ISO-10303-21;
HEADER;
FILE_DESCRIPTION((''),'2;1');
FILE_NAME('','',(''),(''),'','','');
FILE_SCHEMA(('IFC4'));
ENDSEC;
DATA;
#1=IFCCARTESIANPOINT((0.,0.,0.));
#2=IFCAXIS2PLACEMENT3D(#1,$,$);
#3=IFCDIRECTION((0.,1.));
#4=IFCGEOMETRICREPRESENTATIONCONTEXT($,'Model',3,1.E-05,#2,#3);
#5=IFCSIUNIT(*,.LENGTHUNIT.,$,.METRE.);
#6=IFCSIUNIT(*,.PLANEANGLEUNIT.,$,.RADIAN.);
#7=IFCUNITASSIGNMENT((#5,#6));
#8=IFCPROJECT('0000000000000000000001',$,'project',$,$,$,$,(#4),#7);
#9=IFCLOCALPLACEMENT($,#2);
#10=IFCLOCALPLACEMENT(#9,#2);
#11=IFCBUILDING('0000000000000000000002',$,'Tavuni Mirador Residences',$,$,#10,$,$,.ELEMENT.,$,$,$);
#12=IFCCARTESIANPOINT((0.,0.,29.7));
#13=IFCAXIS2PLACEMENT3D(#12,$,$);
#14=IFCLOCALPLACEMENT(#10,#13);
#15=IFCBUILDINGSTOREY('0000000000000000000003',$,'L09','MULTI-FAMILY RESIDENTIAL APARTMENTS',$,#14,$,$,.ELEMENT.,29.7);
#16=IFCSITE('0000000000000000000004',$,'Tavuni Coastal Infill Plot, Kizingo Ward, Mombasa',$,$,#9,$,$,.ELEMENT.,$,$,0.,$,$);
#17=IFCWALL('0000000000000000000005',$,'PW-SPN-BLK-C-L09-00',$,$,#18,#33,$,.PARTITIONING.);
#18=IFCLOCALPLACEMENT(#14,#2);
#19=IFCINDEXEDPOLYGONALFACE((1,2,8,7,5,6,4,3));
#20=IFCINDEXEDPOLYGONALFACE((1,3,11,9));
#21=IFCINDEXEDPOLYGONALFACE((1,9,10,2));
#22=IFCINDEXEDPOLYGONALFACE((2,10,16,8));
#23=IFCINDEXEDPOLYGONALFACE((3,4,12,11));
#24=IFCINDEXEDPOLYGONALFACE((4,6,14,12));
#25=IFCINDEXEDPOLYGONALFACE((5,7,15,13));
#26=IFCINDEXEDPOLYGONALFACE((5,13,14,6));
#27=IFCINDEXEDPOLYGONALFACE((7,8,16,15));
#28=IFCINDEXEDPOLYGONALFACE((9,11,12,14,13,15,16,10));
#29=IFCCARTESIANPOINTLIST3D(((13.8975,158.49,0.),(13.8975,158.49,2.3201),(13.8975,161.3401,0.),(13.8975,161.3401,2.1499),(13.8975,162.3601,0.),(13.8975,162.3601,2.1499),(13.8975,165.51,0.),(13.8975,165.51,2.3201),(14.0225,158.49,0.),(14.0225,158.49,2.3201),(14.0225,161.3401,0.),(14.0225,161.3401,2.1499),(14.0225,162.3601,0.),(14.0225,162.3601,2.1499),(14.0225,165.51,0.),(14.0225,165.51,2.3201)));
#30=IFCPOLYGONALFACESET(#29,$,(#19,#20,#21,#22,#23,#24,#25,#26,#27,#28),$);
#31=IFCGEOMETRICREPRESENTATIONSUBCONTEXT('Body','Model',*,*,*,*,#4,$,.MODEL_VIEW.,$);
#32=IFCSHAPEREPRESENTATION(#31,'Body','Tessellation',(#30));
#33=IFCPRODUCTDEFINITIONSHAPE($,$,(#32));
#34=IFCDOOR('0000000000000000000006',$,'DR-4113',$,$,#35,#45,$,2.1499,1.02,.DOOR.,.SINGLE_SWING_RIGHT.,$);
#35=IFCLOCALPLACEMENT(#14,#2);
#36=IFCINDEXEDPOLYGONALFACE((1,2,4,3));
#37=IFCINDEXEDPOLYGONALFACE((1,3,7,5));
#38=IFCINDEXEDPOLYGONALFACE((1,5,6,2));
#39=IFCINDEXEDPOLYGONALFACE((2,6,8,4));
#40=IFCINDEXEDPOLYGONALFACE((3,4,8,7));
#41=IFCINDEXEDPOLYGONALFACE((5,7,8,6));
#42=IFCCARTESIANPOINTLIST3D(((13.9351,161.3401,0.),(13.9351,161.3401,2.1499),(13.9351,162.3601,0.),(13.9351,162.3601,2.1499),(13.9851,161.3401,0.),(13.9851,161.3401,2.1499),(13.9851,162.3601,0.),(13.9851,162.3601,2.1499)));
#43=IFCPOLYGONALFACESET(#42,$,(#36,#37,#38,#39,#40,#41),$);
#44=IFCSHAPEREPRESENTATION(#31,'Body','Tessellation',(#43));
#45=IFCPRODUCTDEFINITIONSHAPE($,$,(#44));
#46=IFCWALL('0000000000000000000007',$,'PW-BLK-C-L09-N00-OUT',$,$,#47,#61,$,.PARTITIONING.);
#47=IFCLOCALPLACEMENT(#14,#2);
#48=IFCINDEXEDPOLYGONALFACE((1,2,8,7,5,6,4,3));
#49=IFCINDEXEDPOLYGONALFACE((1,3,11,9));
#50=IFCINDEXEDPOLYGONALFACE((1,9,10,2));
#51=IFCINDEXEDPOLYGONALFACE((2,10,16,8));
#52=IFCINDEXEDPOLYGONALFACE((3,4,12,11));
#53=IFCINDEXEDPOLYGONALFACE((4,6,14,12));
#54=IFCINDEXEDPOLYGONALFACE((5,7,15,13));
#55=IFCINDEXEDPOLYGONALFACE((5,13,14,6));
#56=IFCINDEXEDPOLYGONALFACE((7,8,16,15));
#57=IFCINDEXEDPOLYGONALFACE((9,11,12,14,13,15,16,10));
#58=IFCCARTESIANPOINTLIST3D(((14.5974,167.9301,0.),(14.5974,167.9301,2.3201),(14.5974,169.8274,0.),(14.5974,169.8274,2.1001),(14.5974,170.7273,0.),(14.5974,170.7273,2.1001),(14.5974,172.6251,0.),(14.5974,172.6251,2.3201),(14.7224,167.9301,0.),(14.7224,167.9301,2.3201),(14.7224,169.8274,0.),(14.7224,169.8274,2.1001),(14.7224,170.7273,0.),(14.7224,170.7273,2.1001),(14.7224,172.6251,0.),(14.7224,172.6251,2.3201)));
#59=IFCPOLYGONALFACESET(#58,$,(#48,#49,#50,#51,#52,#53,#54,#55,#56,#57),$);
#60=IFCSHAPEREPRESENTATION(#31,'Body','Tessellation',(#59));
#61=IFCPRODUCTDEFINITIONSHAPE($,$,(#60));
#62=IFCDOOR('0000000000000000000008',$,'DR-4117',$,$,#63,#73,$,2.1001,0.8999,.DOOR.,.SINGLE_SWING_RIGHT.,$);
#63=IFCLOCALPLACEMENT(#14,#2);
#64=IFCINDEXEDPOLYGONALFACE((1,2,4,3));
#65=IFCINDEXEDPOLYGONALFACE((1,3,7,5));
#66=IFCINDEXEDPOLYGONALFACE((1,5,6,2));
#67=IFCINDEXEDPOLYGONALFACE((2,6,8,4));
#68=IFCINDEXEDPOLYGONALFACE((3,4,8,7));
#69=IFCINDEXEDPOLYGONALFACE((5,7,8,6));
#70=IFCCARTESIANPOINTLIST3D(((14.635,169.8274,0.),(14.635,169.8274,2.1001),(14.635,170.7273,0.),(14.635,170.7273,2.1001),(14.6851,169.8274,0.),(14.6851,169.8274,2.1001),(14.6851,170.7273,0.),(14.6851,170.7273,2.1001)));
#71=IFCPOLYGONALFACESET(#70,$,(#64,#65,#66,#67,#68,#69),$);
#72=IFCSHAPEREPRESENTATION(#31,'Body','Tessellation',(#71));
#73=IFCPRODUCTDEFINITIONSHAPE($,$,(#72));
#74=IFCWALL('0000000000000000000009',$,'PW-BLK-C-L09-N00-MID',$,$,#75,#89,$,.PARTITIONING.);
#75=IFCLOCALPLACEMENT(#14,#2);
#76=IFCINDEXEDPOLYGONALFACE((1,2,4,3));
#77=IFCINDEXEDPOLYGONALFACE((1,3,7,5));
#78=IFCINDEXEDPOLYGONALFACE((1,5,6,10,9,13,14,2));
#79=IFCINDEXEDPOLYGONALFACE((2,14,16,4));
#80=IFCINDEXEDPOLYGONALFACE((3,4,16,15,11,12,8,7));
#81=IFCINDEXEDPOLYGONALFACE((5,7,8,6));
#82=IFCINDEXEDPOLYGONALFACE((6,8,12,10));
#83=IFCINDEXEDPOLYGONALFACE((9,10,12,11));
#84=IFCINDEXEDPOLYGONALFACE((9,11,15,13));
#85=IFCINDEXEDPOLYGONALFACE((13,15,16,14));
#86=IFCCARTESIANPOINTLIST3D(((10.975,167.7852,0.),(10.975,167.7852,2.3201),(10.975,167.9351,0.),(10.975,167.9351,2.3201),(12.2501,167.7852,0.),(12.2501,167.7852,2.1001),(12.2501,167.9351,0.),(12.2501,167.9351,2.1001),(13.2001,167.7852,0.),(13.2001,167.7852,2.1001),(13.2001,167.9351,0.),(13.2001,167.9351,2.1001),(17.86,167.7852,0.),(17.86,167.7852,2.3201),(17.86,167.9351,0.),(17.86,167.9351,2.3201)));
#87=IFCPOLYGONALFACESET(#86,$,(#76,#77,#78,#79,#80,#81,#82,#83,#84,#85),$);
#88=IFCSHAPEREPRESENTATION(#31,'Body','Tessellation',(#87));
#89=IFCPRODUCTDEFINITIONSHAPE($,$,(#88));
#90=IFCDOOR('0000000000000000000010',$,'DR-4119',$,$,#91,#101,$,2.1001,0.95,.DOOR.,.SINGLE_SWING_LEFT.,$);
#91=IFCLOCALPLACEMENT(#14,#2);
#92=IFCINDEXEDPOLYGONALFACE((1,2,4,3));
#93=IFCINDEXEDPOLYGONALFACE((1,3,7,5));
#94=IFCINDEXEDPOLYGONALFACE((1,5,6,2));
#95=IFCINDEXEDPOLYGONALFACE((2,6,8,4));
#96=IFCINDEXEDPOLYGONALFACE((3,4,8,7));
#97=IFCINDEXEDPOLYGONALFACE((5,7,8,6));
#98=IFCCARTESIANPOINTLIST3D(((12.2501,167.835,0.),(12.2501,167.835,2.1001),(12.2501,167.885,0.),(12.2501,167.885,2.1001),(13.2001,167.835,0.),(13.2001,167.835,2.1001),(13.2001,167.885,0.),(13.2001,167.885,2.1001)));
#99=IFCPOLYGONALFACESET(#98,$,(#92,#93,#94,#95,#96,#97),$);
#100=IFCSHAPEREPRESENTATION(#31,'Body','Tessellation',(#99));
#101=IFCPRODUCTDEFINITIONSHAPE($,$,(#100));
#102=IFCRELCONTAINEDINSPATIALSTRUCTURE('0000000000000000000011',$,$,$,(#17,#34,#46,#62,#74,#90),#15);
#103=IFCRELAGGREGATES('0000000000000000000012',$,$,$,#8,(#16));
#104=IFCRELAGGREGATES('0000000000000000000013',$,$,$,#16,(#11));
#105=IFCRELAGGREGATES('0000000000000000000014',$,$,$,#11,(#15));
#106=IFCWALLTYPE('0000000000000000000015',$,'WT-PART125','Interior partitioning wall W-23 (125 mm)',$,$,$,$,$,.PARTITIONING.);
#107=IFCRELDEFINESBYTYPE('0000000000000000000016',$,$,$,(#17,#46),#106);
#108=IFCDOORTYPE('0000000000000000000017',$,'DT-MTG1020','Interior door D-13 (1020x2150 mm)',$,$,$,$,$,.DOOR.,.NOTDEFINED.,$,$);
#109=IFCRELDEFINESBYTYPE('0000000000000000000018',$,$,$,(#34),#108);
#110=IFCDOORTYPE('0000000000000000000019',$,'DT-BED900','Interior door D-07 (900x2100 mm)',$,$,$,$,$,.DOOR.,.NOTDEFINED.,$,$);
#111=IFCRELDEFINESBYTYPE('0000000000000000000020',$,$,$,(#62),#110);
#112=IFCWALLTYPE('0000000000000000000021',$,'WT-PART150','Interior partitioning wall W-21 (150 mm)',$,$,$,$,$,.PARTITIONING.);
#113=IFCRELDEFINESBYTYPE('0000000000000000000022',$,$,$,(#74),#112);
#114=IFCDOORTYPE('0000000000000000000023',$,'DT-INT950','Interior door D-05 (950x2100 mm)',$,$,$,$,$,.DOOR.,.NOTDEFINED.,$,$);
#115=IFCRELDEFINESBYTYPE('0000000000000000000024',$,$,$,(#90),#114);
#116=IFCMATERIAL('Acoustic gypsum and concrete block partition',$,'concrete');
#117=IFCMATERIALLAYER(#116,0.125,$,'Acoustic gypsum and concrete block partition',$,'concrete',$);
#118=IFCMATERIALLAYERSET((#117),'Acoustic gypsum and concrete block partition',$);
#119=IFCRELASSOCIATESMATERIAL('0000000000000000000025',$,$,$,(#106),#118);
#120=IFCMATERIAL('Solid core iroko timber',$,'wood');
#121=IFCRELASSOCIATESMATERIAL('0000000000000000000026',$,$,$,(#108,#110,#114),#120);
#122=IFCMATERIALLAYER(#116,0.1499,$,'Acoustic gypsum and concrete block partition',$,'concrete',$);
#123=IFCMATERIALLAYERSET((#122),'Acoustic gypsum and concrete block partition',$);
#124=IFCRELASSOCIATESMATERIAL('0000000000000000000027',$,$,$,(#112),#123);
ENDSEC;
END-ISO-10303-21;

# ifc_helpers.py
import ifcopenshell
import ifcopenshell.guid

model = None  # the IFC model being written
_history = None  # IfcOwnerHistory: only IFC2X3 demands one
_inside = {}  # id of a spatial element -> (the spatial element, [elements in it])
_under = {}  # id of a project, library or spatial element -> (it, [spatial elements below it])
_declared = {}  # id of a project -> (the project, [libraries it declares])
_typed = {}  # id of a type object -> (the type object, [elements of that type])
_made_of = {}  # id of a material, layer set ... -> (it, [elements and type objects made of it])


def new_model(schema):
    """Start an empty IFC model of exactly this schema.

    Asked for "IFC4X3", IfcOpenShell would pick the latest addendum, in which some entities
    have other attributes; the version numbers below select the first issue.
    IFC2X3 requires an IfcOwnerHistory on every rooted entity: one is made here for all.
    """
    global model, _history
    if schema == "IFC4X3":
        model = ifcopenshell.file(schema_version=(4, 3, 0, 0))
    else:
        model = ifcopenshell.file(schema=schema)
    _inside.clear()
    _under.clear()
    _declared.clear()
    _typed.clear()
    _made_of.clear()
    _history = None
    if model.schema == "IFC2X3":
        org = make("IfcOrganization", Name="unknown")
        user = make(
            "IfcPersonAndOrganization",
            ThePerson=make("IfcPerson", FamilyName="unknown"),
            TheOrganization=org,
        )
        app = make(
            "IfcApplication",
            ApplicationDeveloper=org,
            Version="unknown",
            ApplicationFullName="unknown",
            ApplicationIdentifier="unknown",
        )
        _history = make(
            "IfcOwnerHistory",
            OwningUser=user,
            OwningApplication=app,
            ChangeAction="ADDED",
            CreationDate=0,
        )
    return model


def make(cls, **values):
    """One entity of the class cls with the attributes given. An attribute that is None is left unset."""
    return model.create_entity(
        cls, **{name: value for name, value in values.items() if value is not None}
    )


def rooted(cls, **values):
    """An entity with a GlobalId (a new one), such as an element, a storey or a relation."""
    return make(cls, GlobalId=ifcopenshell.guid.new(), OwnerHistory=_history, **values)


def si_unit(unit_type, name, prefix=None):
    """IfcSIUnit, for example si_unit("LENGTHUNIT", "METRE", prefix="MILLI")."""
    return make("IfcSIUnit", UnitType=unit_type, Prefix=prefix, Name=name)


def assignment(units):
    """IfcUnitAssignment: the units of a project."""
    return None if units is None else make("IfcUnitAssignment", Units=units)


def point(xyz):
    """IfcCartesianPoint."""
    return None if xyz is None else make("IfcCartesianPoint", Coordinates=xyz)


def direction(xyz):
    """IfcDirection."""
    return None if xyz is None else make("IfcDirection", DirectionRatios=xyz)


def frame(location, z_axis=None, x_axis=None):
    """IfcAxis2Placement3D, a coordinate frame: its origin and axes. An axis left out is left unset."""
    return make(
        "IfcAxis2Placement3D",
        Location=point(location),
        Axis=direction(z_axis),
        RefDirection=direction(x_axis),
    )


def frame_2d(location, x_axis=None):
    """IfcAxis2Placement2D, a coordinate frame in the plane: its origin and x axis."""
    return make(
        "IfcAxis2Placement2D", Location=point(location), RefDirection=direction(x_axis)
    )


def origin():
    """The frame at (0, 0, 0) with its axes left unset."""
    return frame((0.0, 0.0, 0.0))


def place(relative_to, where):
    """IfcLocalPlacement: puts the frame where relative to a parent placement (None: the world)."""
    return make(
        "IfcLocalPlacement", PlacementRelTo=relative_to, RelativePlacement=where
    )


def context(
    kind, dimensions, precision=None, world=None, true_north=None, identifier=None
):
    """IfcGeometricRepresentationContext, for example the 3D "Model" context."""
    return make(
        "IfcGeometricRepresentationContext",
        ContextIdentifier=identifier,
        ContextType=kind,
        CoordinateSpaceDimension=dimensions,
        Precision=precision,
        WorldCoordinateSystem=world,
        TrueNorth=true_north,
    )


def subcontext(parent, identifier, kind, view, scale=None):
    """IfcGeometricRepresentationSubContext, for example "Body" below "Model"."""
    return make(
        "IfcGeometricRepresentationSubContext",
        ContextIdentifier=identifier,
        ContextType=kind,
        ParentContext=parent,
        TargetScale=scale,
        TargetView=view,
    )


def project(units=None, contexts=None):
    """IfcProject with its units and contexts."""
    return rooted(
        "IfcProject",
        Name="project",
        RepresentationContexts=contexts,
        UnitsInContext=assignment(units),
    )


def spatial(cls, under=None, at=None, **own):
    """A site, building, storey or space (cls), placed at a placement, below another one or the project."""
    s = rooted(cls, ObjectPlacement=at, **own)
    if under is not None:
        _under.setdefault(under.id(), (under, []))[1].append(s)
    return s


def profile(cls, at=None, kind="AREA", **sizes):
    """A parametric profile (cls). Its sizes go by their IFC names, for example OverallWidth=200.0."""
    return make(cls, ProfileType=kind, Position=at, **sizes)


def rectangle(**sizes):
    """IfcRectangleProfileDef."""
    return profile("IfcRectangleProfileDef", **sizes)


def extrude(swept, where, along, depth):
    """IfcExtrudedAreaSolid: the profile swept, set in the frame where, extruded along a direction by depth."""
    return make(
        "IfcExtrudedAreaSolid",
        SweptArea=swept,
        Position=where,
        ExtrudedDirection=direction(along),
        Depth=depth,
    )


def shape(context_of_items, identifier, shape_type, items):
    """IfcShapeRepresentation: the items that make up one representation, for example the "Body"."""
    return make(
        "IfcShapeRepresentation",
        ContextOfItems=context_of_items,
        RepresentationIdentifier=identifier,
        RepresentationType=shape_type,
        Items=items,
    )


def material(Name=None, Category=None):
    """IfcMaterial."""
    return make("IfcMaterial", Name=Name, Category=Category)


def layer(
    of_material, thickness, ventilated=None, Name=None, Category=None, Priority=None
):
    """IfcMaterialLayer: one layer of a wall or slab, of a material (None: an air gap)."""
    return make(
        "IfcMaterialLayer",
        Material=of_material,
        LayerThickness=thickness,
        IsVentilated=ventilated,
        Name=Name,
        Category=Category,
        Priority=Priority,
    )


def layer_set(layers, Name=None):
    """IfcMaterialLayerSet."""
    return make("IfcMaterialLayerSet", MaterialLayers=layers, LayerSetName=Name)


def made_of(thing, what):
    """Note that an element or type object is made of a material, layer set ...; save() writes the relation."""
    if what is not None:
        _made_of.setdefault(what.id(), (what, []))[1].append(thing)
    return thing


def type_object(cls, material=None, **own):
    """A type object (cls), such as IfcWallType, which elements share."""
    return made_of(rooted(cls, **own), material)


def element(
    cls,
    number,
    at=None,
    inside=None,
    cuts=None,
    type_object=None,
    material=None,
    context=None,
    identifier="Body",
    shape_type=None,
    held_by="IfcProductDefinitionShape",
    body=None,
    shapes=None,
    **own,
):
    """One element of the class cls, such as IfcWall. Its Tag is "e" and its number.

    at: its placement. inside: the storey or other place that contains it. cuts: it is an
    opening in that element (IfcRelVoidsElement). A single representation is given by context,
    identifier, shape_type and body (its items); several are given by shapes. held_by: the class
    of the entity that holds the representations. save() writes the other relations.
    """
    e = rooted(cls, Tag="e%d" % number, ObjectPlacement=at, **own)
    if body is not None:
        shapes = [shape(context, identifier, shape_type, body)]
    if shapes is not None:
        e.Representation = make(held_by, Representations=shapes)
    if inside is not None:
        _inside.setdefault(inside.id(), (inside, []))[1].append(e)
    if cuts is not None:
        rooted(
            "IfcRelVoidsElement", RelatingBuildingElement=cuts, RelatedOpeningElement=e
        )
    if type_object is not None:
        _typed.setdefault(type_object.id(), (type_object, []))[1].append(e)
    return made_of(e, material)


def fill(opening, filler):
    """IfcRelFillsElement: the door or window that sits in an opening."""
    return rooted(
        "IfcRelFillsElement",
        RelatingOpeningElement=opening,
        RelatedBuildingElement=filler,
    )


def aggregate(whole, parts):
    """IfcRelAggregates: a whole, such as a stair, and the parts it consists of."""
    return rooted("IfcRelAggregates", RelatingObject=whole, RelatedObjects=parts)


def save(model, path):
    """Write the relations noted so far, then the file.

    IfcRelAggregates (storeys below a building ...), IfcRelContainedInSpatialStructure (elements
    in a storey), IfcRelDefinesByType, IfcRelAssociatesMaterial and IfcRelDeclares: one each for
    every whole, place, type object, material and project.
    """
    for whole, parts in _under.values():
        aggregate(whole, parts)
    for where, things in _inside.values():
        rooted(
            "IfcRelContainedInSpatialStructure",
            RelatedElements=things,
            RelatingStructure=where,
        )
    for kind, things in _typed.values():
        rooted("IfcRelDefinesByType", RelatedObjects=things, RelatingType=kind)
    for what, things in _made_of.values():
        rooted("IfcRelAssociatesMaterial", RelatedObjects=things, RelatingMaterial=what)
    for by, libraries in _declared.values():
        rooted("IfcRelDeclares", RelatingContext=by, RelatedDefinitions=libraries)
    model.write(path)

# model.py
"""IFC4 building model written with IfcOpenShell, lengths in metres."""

from ifc_helpers import new_model, si_unit, direction, frame, frame_2d, origin, place, context, subcontext, project, spatial, rectangle, extrude, material, layer, layer_set, type_object, element, fill, save


model = new_model("IFC4")

# Units and contexts
model_context = context("Model", 3, precision=1e-05, world=origin(), true_north=direction((0.0, 1.0)))
body_context = subcontext(model_context, "Body", "Model", "MODEL_VIEW")
ifc_project = project(units=[si_unit("LENGTHUNIT", "METRE"), si_unit("PLANEANGLEUNIT", "RADIAN")], contexts=[model_context])

# Site, building, storey
site_placement = place(None, origin())
site = spatial("IfcSite", under=ifc_project, at=site_placement, Name="Tavuni Coastal Infill Plot, Kizingo Ward, Mombasa", CompositionType="ELEMENT", RefElevation=0.0)
building_placement = place(site_placement, origin())
building = spatial("IfcBuilding", under=site, at=building_placement, Name="Tavuni Mirador Residences", CompositionType="ELEMENT")
storey_placement = place(building_placement, frame((0.0, 0.0, 29.7)))
storey = spatial("IfcBuildingStorey", under=building, at=storey_placement, Name="L09", Description="MULTI-FAMILY RESIDENTIAL APARTMENTS", CompositionType="ELEMENT", Elevation=29.7)

# Shared definitions
ifc_material_1 = material(Name="Solid core iroko timber", Category="wood")

# Walls, openings, doors
ifc_material_2 = material(Name="Acoustic gypsum and concrete block partition", Category="concrete")
ifc_layer_1 = layer(ifc_material_2, 0.125, Name="Acoustic gypsum and concrete block partition", Category="concrete")
ifc_layer_set_1 = layer_set([ifc_layer_1], Name="Acoustic gypsum and concrete block partition")
wall_type_1 = type_object("IfcWallType", Name="WT-PART125", Description="Interior partitioning wall W-23 (125 mm)", PredefinedType="PARTITIONING", material=ifc_layer_set_1)
wall_1_placement = place(storey_placement, frame((13.96, 158.49, 0.0), z_axis=(0.0, 0.0, 1.0), x_axis=(0.0, 1.0, 0.0)))
wall_1 = element("IfcWall", 1, at=wall_1_placement, inside=storey, type_object=wall_type_1, Name="PW-SPN-BLK-C-L09-00", PredefinedType="PARTITIONING", context=body_context, shape_type="SweptSolid", body=[
    extrude(rectangle(XDim=7.02, YDim=0.125, at=frame_2d((3.51, 0.0))), origin(), (0.0, 0.0, 1.0), 2.3201),
])
opening_1_placement = place(wall_1_placement, frame((2.8501, 0.0, 0.0)))
opening_1 = element("IfcOpeningElement", 2, at=opening_1_placement, cuts=wall_1, PredefinedType="OPENING", context=body_context, shape_type="SweptSolid", body=[
    extrude(rectangle(XDim=1.02, YDim=2.1499, at=frame_2d((0.51, 1.075))), frame((0.0, 0.0725, 0.0), z_axis=(0.0, -1.0, 0.0), x_axis=(1.0, 0.0, 0.0)), (0.0, 0.0, 1.0), 0.145),
])
door_type_1 = type_object("IfcDoorType", Name="DT-MTG1020", Description="Interior door D-13 (1020x2150 mm)", OperationType="NOTDEFINED", PredefinedType="DOOR", material=ifc_material_1)
door_1_placement = place(opening_1_placement, origin())
door_1 = element("IfcDoor", 3, at=door_1_placement, inside=storey, type_object=door_type_1, Name="DR-4113", OperationType="SINGLE_SWING_RIGHT", OverallHeight=2.1499, OverallWidth=1.02, PredefinedType="DOOR", context=body_context, shape_type="SweptSolid", body=[
    extrude(rectangle(XDim=1.02, YDim=2.1499, at=frame_2d((0.51, 1.075))), frame((0.0, 0.0249, 0.0), z_axis=(0.0, -1.0, 0.0), x_axis=(1.0, 0.0, 0.0)), (0.0, 0.0, 1.0), 0.05),
])
fill(opening_1, door_1)
wall_2_placement = place(storey_placement, frame((14.6599, 167.9299, 0.0), z_axis=(0.0, 0.0, 1.0), x_axis=(0.0, 1.0, 0.0)))
wall_2 = element("IfcWall", 4, at=wall_2_placement, inside=storey, type_object=wall_type_1, Name="PW-BLK-C-L09-N00-OUT", PredefinedType="PARTITIONING", context=body_context, shape_type="SweptSolid", body=[
    extrude(rectangle(XDim=4.6951, YDim=0.125, at=frame_2d((2.3477, 0.0))), origin(), (0.0, 0.0, 1.0), 2.3201),
])
opening_2_placement = place(wall_2_placement, frame((1.8975, 0.0, 0.0)))
opening_2 = element("IfcOpeningElement", 5, at=opening_2_placement, cuts=wall_2, PredefinedType="OPENING", context=body_context, shape_type="SweptSolid", body=[
    extrude(rectangle(XDim=0.8999, YDim=2.1001, at=frame_2d((0.45, 1.05))), frame((0.0, 0.0725, 0.0), z_axis=(0.0, -1.0, 0.0), x_axis=(1.0, 0.0, 0.0)), (0.0, 0.0, 1.0), 0.145),
])
door_type_2 = type_object("IfcDoorType", Name="DT-BED900", Description="Interior door D-07 (900x2100 mm)", OperationType="NOTDEFINED", PredefinedType="DOOR", material=ifc_material_1)
door_2_placement = place(opening_2_placement, origin())
door_2 = element("IfcDoor", 6, at=door_2_placement, inside=storey, type_object=door_type_2, Name="DR-4117", OperationType="SINGLE_SWING_RIGHT", OverallHeight=2.1001, OverallWidth=0.8999, PredefinedType="DOOR", context=body_context, shape_type="SweptSolid", body=[
    extrude(rectangle(XDim=0.8999, YDim=2.1001, at=frame_2d((0.45, 1.05))), frame((0.0, 0.0249, 0.0), z_axis=(0.0, -1.0, 0.0), x_axis=(1.0, 0.0, 0.0)), (0.0, 0.0, 1.0), 0.05),
])
fill(opening_2, door_2)
ifc_layer_2 = layer(ifc_material_2, 0.1499, Name="Acoustic gypsum and concrete block partition", Category="concrete")
ifc_layer_set_2 = layer_set([ifc_layer_2], Name="Acoustic gypsum and concrete block partition")
wall_type_2 = type_object("IfcWallType", Name="WT-PART150", Description="Interior partitioning wall W-21 (150 mm)", PredefinedType="PARTITIONING", material=ifc_layer_set_2)
wall_3_placement = place(storey_placement, frame((10.9751, 167.8601, 0.0), z_axis=(0.0, 0.0, 1.0), x_axis=(1.0, 0.0, 0.0)))
wall_3 = element("IfcWall", 7, at=wall_3_placement, inside=storey, type_object=wall_type_2, Name="PW-BLK-C-L09-N00-MID", PredefinedType="PARTITIONING", context=body_context, shape_type="SweptSolid", body=[
    extrude(rectangle(XDim=6.885, YDim=0.1499, at=frame_2d((3.4424, 0.0))), origin(), (0.0, 0.0, 1.0), 2.3201),
])
opening_3_placement = place(wall_3_placement, frame((1.2749, 0.0, 0.0)))
opening_3 = element("IfcOpeningElement", 8, at=opening_3_placement, cuts=wall_3, PredefinedType="OPENING", context=body_context, shape_type="SweptSolid", body=[
    extrude(rectangle(XDim=0.95, YDim=2.1001, at=frame_2d((0.4751, 1.05))), frame((0.0, 0.085, 0.0), z_axis=(0.0, -1.0, 0.0), x_axis=(1.0, 0.0, 0.0)), (0.0, 0.0, 1.0), 0.1699),
])
door_type_3 = type_object("IfcDoorType", Name="DT-INT950", Description="Interior door D-05 (950x2100 mm)", OperationType="NOTDEFINED", PredefinedType="DOOR", material=ifc_material_1)
door_3_placement = place(opening_3_placement, origin())
door_3 = element("IfcDoor", 9, at=door_3_placement, inside=storey, type_object=door_type_3, Name="DR-4119", OperationType="SINGLE_SWING_LEFT", OverallHeight=2.1001, OverallWidth=0.95, PredefinedType="DOOR", context=body_context, shape_type="SweptSolid", body=[
    extrude(rectangle(XDim=0.95, YDim=2.1001, at=frame_2d((0.4751, 1.05))), frame((0.0, 0.0249, 0.0), z_axis=(0.0, -1.0, 0.0), x_axis=(1.0, 0.0, 0.0)), (0.0, 0.0, 1.0), 0.05),
])
fill(opening_3, door_3)

save(model, "model.ifc")
